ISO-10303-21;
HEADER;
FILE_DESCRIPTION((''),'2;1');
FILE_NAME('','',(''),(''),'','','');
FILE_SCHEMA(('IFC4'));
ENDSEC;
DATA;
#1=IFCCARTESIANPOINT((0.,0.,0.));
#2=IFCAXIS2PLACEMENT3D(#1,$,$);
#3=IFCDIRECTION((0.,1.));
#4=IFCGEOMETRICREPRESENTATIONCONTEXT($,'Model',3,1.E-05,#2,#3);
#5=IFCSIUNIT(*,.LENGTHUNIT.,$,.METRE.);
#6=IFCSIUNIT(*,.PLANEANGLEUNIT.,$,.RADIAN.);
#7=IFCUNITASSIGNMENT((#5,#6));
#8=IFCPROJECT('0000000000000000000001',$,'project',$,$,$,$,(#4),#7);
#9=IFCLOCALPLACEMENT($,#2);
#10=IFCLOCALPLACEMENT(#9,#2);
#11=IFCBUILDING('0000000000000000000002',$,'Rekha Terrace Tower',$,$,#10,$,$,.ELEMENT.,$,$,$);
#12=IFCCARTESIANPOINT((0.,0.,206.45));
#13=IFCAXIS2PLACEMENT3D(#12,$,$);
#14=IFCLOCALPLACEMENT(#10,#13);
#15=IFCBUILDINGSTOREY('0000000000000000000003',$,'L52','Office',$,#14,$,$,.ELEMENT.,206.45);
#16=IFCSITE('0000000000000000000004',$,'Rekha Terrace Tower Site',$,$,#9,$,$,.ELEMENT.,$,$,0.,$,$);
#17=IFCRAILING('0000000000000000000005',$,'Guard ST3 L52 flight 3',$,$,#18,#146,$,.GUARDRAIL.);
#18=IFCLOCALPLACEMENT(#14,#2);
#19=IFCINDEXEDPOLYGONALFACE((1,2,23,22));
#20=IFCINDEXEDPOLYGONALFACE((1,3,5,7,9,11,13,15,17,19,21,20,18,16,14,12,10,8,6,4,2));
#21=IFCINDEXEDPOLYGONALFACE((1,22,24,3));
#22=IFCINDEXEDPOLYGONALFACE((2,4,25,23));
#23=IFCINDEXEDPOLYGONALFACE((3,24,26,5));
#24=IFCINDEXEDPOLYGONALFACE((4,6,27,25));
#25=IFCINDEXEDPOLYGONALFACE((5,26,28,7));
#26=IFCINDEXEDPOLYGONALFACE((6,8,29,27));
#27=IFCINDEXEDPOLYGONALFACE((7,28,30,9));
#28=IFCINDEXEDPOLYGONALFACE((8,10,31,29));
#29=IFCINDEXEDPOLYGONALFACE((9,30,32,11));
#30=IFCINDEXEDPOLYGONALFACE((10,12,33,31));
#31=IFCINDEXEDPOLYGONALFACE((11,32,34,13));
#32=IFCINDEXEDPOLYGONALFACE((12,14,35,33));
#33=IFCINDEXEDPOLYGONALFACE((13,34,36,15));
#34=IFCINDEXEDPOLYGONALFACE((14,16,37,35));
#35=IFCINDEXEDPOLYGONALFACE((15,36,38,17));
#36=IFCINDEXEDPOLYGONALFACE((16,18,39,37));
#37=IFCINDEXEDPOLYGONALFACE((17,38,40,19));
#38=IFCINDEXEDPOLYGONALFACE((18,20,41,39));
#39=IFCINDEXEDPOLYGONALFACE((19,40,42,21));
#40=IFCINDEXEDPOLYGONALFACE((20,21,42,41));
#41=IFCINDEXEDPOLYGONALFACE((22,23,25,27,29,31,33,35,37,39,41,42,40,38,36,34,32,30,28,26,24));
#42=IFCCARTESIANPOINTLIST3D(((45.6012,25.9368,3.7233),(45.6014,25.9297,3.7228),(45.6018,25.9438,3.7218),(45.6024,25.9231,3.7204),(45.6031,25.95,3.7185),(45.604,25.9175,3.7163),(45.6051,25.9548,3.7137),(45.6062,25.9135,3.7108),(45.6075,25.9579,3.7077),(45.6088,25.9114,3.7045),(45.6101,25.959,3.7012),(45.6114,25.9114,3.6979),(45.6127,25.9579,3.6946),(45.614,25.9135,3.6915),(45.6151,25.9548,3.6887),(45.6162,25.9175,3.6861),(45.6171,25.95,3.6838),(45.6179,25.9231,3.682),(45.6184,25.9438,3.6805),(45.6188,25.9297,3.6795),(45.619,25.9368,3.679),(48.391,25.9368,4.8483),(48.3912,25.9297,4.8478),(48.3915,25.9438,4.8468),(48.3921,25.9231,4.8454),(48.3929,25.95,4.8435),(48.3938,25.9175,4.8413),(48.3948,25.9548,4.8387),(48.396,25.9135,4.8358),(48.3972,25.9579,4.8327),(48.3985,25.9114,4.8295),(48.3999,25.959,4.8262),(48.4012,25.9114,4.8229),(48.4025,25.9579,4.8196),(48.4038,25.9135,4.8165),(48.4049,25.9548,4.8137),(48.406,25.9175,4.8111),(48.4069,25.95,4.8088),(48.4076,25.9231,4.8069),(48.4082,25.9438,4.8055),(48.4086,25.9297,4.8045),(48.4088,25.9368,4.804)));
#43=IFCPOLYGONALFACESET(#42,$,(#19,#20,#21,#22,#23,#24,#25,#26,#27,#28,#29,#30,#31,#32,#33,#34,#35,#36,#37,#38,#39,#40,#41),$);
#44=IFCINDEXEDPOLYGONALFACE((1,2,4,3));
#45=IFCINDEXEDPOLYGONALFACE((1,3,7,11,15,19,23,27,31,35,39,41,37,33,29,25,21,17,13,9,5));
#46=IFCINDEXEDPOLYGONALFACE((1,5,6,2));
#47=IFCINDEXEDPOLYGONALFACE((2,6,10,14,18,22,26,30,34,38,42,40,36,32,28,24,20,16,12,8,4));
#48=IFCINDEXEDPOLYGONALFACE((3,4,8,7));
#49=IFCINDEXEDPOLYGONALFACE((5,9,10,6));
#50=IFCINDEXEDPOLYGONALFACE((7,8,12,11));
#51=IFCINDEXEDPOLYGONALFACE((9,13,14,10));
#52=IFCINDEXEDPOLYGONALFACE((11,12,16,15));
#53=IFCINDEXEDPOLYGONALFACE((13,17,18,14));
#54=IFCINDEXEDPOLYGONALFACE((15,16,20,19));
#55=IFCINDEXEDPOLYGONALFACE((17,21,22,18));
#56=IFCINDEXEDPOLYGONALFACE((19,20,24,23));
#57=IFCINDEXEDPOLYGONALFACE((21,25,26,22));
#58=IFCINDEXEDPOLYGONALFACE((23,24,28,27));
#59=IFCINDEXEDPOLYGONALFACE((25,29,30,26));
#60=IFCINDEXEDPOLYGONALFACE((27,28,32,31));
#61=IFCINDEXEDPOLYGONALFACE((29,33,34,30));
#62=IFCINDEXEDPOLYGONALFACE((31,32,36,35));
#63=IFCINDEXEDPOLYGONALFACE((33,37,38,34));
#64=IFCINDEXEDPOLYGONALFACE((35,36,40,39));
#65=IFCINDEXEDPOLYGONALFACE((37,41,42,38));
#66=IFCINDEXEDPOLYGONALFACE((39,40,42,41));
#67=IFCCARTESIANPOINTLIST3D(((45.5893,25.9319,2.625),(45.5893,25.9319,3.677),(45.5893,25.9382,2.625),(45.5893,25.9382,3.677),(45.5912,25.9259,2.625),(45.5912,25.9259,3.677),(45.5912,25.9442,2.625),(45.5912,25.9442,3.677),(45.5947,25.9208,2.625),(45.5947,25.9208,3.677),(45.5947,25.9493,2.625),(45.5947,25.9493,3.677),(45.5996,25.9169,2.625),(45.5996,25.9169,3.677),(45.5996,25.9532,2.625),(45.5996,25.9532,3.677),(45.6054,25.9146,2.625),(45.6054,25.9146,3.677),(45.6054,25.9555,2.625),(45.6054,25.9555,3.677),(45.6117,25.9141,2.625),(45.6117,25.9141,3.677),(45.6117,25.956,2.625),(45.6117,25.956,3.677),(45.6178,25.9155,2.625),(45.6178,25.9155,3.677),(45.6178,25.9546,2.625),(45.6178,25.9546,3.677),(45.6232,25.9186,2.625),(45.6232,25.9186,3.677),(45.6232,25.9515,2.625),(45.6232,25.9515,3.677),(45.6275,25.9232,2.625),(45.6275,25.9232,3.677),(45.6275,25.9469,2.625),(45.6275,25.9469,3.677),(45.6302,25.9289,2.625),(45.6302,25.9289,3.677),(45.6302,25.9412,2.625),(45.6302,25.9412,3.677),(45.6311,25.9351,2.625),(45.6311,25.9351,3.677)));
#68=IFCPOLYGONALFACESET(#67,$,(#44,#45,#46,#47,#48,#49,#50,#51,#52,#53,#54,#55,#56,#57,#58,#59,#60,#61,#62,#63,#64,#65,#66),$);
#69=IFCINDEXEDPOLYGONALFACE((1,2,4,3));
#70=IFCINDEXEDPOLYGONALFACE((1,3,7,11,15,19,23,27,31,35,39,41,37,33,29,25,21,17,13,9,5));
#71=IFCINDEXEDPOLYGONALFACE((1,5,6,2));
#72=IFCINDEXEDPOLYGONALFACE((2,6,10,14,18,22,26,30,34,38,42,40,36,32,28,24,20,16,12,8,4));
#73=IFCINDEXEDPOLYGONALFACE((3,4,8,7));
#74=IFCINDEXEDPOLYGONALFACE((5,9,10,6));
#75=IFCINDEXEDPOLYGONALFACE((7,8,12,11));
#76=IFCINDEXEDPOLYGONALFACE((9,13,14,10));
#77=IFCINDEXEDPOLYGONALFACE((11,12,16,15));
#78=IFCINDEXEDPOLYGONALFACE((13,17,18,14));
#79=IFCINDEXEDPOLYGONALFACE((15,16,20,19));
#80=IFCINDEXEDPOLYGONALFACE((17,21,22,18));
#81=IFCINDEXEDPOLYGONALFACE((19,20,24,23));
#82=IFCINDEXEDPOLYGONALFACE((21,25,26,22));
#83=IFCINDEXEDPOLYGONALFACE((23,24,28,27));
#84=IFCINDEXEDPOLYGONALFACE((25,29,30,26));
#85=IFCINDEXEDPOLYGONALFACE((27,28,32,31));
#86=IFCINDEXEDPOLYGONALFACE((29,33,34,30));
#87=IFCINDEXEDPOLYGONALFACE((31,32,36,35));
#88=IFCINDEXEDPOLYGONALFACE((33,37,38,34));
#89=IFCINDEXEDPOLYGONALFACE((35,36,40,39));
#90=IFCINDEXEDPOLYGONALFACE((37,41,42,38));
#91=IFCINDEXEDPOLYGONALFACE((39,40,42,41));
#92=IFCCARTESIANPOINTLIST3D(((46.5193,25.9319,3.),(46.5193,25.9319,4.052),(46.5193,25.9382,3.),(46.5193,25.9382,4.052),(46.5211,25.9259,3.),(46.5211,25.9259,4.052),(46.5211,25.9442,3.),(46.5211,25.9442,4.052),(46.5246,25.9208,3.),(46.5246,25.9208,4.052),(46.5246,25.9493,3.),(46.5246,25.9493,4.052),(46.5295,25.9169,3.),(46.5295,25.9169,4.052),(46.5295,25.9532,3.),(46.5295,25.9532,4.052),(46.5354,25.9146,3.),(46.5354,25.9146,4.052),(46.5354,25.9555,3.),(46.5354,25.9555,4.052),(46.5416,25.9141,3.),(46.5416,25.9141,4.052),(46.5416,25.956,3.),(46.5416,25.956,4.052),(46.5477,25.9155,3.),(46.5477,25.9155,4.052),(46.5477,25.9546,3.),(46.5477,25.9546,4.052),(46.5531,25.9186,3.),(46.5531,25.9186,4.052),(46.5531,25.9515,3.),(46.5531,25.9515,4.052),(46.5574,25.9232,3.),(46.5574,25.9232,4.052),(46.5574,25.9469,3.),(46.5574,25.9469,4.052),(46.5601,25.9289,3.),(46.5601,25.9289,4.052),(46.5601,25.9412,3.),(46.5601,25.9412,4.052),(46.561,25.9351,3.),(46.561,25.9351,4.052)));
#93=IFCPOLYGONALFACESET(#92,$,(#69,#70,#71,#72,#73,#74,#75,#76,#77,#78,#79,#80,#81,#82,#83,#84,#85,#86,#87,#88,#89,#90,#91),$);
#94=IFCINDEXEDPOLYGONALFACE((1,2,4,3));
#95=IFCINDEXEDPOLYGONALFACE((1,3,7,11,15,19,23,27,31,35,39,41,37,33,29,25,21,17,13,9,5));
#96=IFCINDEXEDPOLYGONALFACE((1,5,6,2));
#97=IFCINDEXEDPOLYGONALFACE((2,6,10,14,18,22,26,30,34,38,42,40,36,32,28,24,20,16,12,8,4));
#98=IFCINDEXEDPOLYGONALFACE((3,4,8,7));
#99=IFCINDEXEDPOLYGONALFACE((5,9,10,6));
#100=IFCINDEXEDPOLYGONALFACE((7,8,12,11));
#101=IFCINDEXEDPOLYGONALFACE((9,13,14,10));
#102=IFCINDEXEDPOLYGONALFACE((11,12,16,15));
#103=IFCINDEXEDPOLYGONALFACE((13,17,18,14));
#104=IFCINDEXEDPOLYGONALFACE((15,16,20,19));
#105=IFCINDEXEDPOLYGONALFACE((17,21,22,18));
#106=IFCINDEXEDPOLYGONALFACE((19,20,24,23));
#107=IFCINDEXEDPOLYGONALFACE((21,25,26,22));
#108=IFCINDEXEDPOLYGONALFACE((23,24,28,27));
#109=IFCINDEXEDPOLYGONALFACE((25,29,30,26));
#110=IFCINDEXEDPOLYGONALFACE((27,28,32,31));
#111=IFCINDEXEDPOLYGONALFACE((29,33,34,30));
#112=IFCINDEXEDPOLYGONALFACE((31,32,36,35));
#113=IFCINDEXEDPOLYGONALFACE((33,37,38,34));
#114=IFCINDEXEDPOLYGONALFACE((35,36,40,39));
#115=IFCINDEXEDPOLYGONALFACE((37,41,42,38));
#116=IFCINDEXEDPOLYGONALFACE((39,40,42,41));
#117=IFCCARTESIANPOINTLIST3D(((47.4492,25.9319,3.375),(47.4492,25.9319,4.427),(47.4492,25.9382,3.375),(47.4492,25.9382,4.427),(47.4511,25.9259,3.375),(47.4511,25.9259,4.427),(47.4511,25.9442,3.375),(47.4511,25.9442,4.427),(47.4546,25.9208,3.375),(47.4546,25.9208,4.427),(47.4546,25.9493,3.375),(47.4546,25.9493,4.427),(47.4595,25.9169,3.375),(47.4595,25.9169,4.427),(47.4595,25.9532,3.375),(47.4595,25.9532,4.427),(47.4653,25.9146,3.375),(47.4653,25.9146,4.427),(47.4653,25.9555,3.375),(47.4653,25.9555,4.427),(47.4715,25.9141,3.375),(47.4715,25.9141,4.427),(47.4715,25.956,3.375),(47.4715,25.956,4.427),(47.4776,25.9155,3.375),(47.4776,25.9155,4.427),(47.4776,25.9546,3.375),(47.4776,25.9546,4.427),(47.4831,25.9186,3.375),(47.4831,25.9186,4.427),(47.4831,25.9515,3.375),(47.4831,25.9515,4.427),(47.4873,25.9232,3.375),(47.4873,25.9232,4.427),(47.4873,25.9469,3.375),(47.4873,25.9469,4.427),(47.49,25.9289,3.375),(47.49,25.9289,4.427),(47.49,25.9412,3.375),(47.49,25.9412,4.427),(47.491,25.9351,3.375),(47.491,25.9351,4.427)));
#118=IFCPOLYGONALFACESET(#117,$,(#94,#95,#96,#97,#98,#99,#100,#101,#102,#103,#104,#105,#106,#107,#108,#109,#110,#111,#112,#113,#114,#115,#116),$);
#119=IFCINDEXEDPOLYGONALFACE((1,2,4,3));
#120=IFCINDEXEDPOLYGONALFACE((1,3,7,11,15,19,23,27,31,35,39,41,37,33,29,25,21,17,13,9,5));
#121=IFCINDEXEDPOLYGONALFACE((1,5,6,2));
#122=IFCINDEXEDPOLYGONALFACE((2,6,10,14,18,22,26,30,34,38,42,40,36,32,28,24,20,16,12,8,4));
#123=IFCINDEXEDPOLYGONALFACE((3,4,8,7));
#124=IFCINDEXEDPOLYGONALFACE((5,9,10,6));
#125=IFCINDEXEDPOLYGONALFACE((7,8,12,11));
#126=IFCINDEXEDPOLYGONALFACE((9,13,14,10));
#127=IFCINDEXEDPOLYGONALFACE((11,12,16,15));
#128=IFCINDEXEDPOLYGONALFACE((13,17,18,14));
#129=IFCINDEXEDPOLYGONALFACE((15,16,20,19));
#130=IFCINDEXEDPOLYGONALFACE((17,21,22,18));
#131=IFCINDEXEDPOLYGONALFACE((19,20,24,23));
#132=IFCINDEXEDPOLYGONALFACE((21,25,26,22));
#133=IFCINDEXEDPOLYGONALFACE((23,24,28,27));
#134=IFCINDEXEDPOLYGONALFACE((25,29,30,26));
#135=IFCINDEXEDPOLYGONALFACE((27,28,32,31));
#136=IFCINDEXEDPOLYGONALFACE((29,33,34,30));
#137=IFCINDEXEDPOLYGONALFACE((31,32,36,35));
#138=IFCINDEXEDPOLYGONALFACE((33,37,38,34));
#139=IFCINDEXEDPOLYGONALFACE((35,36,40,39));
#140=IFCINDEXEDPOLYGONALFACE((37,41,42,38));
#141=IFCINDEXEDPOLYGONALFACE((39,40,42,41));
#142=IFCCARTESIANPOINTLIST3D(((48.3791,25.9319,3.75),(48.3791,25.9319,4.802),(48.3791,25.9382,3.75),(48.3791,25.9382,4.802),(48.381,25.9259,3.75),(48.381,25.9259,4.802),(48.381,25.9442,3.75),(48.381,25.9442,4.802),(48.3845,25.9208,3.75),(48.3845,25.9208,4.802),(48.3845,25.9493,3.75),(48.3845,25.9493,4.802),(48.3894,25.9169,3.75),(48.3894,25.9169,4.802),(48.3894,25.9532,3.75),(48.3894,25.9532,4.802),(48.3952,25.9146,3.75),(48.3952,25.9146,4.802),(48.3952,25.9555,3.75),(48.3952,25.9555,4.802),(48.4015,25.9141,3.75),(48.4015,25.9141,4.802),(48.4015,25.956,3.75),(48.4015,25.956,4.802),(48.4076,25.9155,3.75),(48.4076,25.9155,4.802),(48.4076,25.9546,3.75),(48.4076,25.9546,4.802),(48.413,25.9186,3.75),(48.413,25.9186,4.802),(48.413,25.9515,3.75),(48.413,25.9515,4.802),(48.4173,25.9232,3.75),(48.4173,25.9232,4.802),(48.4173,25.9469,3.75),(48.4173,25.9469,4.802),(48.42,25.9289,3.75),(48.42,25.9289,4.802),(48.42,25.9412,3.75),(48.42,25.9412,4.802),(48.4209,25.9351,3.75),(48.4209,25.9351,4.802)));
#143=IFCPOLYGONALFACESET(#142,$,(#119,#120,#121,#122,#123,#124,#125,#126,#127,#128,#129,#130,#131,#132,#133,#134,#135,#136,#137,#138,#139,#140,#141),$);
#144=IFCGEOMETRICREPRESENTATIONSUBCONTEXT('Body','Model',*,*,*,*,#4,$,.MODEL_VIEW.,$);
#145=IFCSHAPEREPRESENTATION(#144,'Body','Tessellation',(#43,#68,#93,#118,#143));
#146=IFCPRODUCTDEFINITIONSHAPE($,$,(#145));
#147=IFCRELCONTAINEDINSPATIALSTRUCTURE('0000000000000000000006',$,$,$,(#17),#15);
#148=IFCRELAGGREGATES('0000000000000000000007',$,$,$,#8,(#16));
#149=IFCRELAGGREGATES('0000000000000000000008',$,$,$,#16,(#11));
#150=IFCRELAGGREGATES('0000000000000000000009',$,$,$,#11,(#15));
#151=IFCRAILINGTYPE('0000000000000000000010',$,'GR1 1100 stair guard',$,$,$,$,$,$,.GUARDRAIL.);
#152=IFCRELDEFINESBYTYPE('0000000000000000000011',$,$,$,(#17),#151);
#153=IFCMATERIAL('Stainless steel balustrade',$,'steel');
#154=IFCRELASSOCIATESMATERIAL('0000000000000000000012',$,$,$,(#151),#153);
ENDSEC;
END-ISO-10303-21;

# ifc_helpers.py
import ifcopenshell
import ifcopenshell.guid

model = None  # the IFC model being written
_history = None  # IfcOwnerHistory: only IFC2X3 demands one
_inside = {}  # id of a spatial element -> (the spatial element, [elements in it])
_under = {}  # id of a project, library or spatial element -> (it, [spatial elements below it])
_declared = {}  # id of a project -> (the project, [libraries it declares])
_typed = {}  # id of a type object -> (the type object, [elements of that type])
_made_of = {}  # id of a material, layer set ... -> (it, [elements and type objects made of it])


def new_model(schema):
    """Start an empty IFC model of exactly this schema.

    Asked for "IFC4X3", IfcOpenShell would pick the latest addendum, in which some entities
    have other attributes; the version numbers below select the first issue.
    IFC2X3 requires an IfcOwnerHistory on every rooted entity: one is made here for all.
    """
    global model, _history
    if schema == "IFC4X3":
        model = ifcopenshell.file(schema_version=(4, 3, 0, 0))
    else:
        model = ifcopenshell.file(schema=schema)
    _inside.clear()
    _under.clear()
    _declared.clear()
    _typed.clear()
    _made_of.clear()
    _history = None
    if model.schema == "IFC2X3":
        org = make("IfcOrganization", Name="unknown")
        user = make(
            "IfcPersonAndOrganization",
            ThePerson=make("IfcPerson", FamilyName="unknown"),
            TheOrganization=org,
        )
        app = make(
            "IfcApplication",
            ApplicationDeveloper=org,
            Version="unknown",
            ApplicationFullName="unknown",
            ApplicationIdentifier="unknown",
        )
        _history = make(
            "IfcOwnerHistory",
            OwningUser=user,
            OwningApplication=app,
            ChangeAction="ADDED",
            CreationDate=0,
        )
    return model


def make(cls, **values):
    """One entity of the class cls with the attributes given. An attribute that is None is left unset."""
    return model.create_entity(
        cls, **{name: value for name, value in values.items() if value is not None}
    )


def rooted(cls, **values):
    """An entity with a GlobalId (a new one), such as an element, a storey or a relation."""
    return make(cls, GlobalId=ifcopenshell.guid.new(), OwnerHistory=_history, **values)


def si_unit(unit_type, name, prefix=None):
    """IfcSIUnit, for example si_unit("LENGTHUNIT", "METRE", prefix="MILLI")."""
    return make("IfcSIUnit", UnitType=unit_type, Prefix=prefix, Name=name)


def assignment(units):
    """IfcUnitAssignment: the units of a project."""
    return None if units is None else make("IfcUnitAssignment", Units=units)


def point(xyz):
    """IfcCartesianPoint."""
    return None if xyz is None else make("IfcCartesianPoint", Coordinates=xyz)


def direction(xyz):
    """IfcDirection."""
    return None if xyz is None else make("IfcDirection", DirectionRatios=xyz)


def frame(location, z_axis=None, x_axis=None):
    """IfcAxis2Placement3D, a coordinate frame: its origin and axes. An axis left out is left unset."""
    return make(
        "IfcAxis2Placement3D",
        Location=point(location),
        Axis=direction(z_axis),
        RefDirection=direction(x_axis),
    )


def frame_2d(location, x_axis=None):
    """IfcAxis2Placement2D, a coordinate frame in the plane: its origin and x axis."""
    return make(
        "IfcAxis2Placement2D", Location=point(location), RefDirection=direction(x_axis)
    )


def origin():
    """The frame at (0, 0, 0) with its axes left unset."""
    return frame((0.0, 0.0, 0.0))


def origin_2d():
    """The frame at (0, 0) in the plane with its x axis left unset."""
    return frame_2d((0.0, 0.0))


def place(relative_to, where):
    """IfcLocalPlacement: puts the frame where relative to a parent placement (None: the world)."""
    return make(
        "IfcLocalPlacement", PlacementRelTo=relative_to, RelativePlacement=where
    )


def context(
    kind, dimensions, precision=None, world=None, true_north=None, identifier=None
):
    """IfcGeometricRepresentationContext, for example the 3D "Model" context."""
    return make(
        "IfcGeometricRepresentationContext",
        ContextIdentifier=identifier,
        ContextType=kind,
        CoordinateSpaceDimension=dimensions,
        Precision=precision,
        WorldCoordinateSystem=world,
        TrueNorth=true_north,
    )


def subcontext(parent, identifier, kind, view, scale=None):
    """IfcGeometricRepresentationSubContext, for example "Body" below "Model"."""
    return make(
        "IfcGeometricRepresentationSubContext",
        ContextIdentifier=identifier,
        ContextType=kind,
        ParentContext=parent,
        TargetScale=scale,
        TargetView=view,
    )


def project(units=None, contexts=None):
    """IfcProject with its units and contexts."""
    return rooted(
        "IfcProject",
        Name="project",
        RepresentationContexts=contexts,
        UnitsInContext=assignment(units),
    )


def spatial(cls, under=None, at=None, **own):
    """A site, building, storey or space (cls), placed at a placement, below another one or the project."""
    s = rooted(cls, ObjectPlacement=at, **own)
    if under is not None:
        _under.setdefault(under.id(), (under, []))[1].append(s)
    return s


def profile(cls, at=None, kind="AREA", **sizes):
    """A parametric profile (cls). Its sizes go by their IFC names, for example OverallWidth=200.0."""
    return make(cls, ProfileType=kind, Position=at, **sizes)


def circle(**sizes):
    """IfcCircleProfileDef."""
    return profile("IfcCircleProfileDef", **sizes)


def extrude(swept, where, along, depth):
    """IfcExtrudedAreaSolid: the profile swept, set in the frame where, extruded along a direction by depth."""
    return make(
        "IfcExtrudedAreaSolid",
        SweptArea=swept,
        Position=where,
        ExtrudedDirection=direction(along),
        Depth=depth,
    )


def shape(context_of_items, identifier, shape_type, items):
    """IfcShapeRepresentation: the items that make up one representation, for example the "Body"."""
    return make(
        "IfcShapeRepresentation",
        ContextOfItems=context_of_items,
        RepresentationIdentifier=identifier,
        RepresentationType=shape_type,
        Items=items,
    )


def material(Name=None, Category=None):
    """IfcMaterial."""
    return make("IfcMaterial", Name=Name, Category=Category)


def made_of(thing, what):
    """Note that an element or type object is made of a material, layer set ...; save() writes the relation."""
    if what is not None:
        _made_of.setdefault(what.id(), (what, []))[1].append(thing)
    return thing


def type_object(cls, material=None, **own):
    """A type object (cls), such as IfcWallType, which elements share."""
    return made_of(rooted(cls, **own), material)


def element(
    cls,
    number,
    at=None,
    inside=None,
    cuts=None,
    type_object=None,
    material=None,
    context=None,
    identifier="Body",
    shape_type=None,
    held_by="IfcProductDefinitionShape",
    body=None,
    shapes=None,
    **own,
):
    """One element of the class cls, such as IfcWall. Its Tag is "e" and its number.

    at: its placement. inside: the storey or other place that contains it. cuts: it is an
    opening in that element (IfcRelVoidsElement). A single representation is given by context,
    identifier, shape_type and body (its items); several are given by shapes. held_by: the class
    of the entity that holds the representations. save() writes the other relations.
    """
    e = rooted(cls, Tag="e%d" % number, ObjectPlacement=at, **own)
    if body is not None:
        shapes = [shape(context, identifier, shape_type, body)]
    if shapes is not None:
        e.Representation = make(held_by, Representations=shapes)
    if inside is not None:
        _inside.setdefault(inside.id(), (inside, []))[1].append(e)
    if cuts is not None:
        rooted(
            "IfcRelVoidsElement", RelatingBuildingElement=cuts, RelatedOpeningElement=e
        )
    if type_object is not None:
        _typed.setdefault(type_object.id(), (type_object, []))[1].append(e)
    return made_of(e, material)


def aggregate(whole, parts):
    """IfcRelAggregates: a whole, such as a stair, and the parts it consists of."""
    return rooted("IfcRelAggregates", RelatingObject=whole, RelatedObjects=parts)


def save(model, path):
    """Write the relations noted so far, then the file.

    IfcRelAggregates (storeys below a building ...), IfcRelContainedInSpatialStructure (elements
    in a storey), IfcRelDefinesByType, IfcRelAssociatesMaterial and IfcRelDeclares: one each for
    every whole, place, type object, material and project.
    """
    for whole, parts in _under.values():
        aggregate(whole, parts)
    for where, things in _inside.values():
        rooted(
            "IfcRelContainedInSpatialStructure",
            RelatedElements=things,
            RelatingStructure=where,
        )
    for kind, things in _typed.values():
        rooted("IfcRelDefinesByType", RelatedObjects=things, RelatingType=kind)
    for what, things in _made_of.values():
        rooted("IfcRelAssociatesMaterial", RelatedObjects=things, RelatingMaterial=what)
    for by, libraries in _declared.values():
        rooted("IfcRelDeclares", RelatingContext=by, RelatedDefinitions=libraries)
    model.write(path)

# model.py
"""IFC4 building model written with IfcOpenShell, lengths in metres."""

from ifc_helpers import new_model, si_unit, direction, frame, origin, origin_2d, place, context, subcontext, project, spatial, circle, extrude, material, type_object, element, save


model = new_model("IFC4")

# Units and contexts
model_context = context("Model", 3, precision=1e-05, world=origin(), true_north=direction((0.0, 1.0)))
body_context = subcontext(model_context, "Body", "Model", "MODEL_VIEW")
ifc_project = project(units=[si_unit("LENGTHUNIT", "METRE"), si_unit("PLANEANGLEUNIT", "RADIAN")], contexts=[model_context])

# Site, building, storey
site_placement = place(None, origin())
site = spatial("IfcSite", under=ifc_project, at=site_placement, Name="Rekha Terrace Tower Site", CompositionType="ELEMENT", RefElevation=0.0)
building_placement = place(site_placement, origin())
building = spatial("IfcBuilding", under=site, at=building_placement, Name="Rekha Terrace Tower", CompositionType="ELEMENT")
storey_placement = place(building_placement, frame((0.0, 0.0, 206.45)))
storey = spatial("IfcBuildingStorey", under=building, at=storey_placement, Name="L52", Description="Office", CompositionType="ELEMENT", Elevation=206.45)

# Railing
ifc_material_1 = material(Name="Stainless steel balustrade", Category="steel")
railing_type_1 = type_object("IfcRailingType", Name="GR1 1100 stair guard", PredefinedType="GUARDRAIL", material=ifc_material_1)
railing_1_placement = place(storey_placement, frame((45.6101, 25.9351, 2.625)))
element("IfcRailing", 1, at=railing_1_placement, inside=storey, type_object=railing_type_1, Name="Guard ST3 L52 flight 3", PredefinedType="GUARDRAIL", context=body_context, shape_type="SweptSolid", body=[
    extrude(circle(Radius=0.0239, at=origin_2d()), frame((0.0, 0.0, 1.0762), z_axis=(0.927432, 0.0, 0.373992), x_axis=(0.0, 1.0, 0.0)), (0.0, 0.0, 1.0), 3.0081),
    extrude(circle(Radius=0.021, at=origin_2d()), origin(), (0.0, 0.0, 1.0), 1.052),
    extrude(circle(Radius=0.021, at=origin_2d()), frame((0.9299, 0.0, 0.375)), (0.0, 0.0, 1.0), 1.052),
    extrude(circle(Radius=0.021, at=origin_2d()), frame((1.8599, 0.0, 0.75)), (0.0, 0.0, 1.0), 1.052),
    extrude(circle(Radius=0.021, at=origin_2d()), frame((2.7898, 0.0, 1.125)), (0.0, 0.0, 1.0), 1.052),
])

save(model, "model.ifc")
